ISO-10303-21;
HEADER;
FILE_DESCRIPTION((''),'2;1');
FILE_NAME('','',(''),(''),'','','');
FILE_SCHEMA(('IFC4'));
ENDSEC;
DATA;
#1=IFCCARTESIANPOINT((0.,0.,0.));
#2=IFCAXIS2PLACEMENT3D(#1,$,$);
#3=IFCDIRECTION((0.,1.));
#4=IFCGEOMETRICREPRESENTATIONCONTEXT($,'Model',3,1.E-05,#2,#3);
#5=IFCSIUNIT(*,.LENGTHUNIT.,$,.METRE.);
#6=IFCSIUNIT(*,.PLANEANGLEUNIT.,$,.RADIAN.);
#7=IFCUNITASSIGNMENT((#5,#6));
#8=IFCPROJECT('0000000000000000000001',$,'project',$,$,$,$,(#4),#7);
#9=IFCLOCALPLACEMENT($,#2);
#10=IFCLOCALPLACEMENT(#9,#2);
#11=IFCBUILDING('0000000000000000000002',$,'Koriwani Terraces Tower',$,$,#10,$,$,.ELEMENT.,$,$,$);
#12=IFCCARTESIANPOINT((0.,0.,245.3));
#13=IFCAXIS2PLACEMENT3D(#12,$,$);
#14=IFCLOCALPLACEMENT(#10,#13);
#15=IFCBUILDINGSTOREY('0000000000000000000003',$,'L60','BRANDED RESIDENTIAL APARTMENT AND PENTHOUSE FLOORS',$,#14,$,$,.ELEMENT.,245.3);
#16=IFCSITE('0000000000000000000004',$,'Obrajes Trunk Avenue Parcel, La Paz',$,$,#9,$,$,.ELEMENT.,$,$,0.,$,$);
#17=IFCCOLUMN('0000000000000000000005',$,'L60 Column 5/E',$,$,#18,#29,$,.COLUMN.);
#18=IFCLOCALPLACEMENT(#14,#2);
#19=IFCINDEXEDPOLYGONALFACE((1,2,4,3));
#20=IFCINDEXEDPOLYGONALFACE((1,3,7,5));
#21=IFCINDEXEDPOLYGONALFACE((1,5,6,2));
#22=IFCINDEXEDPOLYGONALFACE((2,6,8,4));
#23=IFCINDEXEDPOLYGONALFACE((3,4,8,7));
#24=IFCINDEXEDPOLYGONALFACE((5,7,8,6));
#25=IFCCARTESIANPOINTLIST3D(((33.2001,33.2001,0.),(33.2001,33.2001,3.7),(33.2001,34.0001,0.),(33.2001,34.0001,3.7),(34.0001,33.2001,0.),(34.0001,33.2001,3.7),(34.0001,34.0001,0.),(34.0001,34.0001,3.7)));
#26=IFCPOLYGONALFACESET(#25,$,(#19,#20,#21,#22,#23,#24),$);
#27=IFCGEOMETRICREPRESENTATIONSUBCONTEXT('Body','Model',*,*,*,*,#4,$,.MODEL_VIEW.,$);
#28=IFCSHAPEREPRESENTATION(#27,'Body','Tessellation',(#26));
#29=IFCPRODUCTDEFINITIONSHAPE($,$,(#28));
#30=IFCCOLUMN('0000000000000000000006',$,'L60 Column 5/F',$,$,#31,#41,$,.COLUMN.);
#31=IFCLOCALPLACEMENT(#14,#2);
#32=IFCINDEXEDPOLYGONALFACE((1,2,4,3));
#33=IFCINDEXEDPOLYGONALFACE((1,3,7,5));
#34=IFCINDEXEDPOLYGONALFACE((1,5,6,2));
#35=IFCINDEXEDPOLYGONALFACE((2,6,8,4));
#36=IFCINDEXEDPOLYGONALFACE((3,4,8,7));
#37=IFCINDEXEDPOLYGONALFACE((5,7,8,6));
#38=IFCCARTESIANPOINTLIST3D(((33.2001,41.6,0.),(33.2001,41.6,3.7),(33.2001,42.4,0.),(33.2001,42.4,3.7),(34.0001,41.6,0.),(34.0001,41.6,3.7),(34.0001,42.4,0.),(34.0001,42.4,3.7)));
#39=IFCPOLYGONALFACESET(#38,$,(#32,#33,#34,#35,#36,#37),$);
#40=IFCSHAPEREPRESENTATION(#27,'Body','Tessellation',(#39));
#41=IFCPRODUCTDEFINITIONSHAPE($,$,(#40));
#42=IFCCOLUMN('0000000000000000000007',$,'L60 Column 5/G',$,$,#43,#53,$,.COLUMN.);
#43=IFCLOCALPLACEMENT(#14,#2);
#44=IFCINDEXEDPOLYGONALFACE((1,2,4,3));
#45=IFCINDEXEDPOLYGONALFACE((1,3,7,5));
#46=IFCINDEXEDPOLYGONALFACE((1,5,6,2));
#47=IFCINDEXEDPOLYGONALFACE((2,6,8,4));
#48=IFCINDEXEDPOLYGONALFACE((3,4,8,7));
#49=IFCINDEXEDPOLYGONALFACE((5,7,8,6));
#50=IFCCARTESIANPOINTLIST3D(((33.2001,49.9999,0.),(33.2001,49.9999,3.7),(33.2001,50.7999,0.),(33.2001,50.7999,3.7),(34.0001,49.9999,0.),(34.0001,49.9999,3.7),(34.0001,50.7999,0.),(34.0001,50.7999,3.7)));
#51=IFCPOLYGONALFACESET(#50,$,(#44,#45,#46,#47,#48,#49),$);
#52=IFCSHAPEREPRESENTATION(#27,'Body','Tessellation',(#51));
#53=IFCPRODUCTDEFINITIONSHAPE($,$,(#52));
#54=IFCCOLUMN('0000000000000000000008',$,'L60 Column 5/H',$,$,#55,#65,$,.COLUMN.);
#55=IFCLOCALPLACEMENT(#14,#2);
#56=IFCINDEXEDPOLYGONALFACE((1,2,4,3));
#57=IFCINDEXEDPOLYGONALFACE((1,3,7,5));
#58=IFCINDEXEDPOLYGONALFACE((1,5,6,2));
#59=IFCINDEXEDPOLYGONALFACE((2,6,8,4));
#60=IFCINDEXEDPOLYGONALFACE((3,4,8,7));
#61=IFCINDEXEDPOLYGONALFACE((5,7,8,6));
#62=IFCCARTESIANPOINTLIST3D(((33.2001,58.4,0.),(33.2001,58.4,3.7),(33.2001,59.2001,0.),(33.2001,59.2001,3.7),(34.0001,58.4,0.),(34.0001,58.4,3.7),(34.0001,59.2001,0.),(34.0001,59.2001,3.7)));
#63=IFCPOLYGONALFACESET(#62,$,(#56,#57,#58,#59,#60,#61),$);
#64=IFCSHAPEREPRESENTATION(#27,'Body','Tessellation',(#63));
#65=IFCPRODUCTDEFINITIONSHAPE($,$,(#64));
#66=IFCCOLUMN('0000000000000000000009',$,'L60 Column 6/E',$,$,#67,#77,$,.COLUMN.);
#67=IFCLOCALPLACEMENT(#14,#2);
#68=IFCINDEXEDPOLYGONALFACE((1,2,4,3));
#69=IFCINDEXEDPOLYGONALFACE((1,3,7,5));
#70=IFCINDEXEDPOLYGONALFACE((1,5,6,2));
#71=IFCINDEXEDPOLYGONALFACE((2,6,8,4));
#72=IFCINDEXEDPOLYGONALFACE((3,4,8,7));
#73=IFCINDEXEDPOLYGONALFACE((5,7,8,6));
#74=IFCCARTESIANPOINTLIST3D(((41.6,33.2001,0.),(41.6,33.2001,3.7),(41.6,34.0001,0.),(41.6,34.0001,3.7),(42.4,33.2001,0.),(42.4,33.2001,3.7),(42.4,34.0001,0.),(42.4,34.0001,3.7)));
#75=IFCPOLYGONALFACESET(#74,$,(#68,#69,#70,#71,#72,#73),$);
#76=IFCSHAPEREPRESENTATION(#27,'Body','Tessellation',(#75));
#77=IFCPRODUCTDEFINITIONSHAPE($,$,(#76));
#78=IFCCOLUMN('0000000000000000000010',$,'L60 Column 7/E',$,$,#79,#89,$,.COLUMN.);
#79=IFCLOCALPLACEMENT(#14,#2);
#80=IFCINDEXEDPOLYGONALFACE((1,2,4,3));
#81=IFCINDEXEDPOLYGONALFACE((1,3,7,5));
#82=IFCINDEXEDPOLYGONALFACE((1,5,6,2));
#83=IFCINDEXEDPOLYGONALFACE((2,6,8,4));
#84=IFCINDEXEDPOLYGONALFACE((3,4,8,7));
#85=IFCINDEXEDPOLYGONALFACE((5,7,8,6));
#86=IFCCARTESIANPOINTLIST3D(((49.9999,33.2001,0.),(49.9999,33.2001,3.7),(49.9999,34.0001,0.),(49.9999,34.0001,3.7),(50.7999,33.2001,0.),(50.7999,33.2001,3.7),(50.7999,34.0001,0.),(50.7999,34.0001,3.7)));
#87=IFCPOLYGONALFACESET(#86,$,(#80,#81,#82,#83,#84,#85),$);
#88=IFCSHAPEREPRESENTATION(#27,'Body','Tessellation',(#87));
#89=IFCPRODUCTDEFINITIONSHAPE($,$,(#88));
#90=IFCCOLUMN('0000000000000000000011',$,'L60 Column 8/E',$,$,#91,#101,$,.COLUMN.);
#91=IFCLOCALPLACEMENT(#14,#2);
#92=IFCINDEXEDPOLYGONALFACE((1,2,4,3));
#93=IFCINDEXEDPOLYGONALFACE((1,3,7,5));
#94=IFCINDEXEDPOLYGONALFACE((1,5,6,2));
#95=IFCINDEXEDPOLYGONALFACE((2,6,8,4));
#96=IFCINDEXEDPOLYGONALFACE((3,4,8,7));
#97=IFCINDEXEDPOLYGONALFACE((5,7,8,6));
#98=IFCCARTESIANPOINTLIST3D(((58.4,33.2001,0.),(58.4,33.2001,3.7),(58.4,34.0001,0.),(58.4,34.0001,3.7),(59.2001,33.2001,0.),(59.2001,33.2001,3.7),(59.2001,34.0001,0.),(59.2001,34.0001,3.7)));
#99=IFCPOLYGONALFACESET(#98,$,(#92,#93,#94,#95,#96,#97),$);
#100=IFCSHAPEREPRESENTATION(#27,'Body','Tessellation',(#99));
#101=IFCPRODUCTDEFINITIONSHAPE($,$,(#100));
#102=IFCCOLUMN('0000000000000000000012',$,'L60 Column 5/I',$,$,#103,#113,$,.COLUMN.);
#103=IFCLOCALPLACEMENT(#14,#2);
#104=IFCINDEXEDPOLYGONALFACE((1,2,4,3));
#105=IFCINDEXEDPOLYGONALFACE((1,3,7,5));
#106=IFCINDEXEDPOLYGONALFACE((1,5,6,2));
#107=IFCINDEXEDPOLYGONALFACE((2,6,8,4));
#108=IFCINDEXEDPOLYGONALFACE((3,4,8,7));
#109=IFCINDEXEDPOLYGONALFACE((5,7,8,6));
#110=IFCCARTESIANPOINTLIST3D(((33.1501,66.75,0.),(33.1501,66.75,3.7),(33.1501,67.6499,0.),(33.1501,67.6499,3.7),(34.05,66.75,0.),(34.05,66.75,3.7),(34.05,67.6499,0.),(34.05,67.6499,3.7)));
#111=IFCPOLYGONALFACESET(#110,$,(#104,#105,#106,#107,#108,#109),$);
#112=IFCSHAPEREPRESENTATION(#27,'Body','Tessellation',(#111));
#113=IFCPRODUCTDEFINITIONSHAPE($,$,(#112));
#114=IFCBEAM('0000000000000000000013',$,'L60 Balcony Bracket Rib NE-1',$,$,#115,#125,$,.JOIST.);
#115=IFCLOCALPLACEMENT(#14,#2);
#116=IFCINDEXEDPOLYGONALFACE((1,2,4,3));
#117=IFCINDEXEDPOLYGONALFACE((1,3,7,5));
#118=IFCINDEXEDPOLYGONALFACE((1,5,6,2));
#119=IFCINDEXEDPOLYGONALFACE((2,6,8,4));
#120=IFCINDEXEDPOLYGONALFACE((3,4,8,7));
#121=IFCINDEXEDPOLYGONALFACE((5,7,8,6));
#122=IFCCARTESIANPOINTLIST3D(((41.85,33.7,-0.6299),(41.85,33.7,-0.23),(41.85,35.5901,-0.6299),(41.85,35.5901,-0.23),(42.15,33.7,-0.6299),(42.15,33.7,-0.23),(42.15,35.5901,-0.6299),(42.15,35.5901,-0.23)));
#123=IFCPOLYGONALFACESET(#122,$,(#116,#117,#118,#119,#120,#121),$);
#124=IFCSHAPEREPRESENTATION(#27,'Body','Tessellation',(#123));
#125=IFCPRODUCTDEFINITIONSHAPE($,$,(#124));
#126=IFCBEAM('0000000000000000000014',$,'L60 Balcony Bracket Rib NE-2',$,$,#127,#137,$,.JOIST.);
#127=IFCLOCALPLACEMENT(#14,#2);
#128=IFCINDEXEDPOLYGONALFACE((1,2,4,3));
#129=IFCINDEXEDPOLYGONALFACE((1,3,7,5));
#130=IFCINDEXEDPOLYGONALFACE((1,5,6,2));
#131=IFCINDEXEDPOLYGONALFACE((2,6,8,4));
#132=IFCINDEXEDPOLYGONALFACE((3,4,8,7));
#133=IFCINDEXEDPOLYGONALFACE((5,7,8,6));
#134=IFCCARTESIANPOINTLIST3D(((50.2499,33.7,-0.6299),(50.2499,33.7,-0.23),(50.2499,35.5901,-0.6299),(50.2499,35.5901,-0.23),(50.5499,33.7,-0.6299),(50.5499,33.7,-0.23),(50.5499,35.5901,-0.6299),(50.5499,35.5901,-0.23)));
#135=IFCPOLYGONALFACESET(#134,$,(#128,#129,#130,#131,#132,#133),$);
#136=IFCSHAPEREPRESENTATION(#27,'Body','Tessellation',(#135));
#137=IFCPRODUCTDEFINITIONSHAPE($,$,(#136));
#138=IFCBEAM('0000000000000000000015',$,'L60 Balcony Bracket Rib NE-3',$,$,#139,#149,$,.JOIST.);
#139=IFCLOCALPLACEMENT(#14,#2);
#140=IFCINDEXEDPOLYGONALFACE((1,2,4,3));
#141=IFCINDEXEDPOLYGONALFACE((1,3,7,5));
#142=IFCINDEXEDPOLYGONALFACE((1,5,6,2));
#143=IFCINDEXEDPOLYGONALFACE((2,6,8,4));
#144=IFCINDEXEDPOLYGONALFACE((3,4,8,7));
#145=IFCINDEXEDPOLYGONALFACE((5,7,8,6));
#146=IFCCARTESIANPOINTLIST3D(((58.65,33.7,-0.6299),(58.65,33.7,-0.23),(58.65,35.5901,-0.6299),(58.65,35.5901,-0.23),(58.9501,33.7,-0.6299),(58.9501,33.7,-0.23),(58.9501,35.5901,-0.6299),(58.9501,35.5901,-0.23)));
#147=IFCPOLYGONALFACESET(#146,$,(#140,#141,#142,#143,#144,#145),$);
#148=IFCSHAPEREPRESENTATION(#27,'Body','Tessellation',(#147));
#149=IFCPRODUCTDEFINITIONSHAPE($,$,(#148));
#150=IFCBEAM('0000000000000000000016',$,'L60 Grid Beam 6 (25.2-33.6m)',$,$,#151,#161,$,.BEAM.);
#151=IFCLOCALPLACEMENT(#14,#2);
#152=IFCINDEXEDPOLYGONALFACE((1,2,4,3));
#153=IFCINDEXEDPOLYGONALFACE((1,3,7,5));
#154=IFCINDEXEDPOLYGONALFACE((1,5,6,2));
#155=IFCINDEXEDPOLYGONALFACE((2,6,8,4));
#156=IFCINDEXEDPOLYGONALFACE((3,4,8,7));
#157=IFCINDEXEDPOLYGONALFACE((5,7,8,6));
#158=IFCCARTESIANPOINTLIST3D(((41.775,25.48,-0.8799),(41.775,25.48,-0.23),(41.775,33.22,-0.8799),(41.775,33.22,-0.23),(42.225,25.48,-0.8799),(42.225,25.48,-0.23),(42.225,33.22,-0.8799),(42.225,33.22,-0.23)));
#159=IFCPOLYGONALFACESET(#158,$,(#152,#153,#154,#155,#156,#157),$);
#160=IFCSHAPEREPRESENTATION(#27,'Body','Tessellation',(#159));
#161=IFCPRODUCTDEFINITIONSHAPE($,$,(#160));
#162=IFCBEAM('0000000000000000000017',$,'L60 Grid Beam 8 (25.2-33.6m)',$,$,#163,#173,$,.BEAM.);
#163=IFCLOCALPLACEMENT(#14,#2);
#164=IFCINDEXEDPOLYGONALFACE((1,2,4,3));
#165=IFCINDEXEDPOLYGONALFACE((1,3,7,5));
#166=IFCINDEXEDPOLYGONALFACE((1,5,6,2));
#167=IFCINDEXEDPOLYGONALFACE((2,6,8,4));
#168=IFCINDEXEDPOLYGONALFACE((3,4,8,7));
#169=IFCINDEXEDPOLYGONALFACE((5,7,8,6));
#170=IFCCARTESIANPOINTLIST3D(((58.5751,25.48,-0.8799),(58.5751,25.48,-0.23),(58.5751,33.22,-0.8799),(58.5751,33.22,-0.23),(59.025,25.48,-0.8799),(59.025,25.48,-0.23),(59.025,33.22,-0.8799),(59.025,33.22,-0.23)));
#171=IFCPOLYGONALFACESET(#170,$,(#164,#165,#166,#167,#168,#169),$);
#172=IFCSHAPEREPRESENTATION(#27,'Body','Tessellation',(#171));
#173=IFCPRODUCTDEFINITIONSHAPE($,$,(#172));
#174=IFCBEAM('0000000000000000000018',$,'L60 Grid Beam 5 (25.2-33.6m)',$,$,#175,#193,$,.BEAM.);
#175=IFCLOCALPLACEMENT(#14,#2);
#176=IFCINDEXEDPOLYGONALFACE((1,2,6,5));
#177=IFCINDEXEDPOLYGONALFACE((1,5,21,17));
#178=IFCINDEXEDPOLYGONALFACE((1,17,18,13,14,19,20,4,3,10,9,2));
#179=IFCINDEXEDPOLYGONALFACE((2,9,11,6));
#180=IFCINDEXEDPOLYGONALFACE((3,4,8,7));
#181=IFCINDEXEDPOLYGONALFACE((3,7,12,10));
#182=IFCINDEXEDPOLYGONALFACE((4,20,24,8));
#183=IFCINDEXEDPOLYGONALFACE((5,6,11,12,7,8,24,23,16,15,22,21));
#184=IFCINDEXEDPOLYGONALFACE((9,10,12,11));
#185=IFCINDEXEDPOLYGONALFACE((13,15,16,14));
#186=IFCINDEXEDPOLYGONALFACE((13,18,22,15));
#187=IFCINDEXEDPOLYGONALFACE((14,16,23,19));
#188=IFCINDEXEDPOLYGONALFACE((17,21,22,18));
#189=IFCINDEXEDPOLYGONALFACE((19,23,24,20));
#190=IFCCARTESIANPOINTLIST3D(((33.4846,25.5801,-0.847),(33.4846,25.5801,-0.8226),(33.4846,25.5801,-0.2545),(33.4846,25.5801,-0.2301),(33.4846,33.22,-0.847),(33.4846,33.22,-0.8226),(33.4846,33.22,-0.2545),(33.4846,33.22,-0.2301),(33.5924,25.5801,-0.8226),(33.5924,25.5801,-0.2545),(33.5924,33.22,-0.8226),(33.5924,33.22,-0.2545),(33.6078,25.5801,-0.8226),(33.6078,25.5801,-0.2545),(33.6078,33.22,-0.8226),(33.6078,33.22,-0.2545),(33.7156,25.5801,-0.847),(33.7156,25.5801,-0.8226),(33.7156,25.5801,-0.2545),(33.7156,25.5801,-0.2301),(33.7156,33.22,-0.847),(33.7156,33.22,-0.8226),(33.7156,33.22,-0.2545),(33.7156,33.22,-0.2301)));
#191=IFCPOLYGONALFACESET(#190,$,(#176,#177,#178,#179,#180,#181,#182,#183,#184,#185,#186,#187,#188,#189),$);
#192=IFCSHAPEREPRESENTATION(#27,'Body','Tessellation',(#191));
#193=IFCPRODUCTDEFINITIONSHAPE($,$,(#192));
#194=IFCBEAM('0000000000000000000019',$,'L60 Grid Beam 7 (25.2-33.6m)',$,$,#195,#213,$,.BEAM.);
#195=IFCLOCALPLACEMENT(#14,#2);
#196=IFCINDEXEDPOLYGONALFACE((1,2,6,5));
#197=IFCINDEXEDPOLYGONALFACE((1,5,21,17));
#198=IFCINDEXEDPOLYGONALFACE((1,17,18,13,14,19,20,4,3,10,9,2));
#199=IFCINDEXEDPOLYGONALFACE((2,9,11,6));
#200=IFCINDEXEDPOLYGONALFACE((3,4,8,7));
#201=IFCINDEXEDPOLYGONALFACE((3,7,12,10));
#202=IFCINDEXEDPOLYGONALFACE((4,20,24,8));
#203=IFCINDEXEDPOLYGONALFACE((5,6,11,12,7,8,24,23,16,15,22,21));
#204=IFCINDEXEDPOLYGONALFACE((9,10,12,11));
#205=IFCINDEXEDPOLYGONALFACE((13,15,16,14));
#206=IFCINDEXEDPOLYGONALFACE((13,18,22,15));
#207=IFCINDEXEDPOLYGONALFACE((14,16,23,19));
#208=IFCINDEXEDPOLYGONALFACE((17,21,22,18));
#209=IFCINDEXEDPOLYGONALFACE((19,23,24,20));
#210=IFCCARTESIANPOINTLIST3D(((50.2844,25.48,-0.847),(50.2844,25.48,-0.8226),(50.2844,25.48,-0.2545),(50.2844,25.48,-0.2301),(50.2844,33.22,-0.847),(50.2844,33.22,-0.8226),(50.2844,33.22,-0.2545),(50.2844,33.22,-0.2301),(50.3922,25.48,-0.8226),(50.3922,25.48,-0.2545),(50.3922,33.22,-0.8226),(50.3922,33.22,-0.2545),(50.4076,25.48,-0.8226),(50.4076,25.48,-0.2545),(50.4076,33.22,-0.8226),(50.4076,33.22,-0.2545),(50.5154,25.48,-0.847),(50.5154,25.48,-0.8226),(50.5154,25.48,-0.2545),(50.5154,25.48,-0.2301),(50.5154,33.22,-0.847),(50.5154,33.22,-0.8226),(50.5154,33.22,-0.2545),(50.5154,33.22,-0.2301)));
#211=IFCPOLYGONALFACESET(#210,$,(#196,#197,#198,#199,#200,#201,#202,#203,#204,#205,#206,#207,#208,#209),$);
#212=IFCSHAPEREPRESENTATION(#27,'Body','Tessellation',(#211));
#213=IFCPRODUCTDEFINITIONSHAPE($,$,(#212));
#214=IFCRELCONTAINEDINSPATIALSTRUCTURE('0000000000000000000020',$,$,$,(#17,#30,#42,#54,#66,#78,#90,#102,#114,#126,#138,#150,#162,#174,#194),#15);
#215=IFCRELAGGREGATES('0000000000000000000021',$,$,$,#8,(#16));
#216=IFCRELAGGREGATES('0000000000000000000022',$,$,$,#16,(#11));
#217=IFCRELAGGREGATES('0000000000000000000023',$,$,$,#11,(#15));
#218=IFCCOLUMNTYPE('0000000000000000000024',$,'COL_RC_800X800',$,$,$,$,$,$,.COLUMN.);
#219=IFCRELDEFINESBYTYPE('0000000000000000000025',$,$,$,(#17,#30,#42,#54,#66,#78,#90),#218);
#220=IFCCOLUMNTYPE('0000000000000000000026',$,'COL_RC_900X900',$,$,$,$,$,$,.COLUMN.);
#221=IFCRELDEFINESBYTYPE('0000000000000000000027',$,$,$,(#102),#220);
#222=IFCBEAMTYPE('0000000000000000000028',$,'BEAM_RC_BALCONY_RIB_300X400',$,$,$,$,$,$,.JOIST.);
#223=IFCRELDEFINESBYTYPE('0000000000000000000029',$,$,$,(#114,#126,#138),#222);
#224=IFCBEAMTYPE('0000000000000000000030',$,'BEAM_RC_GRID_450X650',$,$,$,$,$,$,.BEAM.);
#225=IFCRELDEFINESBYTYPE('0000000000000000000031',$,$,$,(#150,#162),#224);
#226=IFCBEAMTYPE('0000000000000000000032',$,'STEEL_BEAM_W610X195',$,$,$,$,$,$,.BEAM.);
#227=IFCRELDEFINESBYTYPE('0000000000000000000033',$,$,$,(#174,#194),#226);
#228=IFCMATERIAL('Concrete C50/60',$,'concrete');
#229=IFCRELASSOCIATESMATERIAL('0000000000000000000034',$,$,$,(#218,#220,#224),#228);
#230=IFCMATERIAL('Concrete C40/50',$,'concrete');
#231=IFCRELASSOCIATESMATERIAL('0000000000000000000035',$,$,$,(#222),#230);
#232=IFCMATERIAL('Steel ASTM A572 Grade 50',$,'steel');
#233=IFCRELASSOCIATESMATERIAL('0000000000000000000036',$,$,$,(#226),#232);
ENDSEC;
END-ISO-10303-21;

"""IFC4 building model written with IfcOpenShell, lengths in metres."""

from ifc_helpers import new_model, si_unit, direction, frame, origin, origin_2d, place, context, subcontext, project, spatial, rectangle, i_section, extrude, material, material_profile, profile_set, type_object, element, save


model = new_model("IFC4")

# Units and contexts
model_context = context("Model", 3, precision=1e-05, world=origin(), true_north=direction((0.0, 1.0)))
body_context = subcontext(model_context, "Body", "Model", "MODEL_VIEW")
ifc_project = project(units=[si_unit("LENGTHUNIT", "METRE"), si_unit("PLANEANGLEUNIT", "RADIAN")], contexts=[model_context])

# Site, building, storey
site_placement = place(None, origin())
site = spatial("IfcSite", under=ifc_project, at=site_placement, Name="Obrajes Trunk Avenue Parcel, La Paz", CompositionType="ELEMENT", RefElevation=0.0)
building_placement = place(site_placement, origin())
building = spatial("IfcBuilding", under=site, at=building_placement, Name="Koriwani Terraces Tower", CompositionType="ELEMENT")
storey_placement = place(building_placement, frame((0.0, 0.0, 245.3)))
storey = spatial("IfcBuildingStorey", under=building, at=storey_placement, Name="L60", Description="BRANDED RESIDENTIAL APARTMENT AND PENTHOUSE FLOORS", CompositionType="ELEMENT", Elevation=245.3)

# Columns
ifc_material_1 = material(Name="Concrete C50/60", Category="concrete")
ifc_material_profile_1 = material_profile(ifc_material_1, rectangle(XDim=0.8, YDim=0.8, at=origin_2d()), Name="Concrete C50/60", Category="LoadBearing")
ifc_profile_set_1 = profile_set([ifc_material_profile_1], Name="Concrete C50/60")
column_type_1 = type_object("IfcColumnType", Name="COL_RC_800X800", PredefinedType="COLUMN", material=ifc_profile_set_1)
for number, where, z_axis, x_axis, name in (
    (1, (33.6001, 33.6001, 0.0), (0.0, 0.0, 1.0), (1.0, 0.0, 0.0), "L60 Column 5/E"),
    (2, (33.6001, 42.0, 0.0), (0.0, 0.0, 1.0), (1.0, 0.0, 0.0), "L60 Column 5/F"),
    (3, (33.6001, 50.3999, 0.0), (0.0, 0.0, 1.0), (1.0, 0.0, 0.0), "L60 Column 5/G"),
    (4, (33.6001, 58.8, 0.0), (0.0, 0.0, 1.0), (1.0, 0.0, 0.0), "L60 Column 5/H"),
    (5, (42.0, 33.6001, 0.0), (0.0, 0.0, 1.0), (1.0, 0.0, 0.0), "L60 Column 6/E"),
    (6, (50.3999, 33.6001, 0.0), (0.0, 0.0, 1.0), (1.0, 0.0, 0.0), "L60 Column 7/E"),
    (7, (58.8, 33.6001, 0.0), (0.0, 0.0, 1.0), (1.0, 0.0, 0.0), "L60 Column 8/E"),
):
    element("IfcColumn", number, at=place(storey_placement, frame(where, z_axis=z_axis, x_axis=x_axis)), inside=storey, type_object=column_type_1, Name=name, PredefinedType="COLUMN", context=body_context, shape_type="SweptSolid", body=[
        extrude(rectangle(XDim=0.8, YDim=0.8, at=origin_2d()), origin(), (0.0, 0.0, 1.0), 3.7),
    ])
ifc_material_profile_2 = material_profile(ifc_material_1, rectangle(XDim=0.8999, YDim=0.8999, at=origin_2d()), Name="Concrete C50/60", Category="LoadBearing")
ifc_profile_set_2 = profile_set([ifc_material_profile_2], Name="Concrete C50/60")
column_type_2 = type_object("IfcColumnType", Name="COL_RC_900X900", PredefinedType="COLUMN", material=ifc_profile_set_2)
column_placement = place(storey_placement, frame((33.6001, 67.2, 0.0), z_axis=(0.0, 0.0, 1.0), x_axis=(1.0, 0.0, 0.0)))
element("IfcColumn", 8, at=column_placement, inside=storey, type_object=column_type_2, Name="L60 Column 5/I", PredefinedType="COLUMN", context=body_context, shape_type="SweptSolid", body=[
    extrude(rectangle(XDim=0.8999, YDim=0.8999, at=origin_2d()), origin(), (0.0, 0.0, 1.0), 3.7),
])

# Beams
ifc_material_2 = material(Name="Concrete C40/50", Category="concrete")
ifc_material_profile_3 = material_profile(ifc_material_2, rectangle(XDim=0.3, YDim=0.3999, at=origin_2d()), Name="Concrete C40/50", Category="LoadBearing")
ifc_profile_set_3 = profile_set([ifc_material_profile_3], Name="Concrete C40/50")
beam_type_1 = type_object("IfcBeamType", Name="BEAM_RC_BALCONY_RIB_300X400", PredefinedType="JOIST", material=ifc_profile_set_3)
for number, where, z_axis, x_axis, name in (
    (9, (42.0, 33.7, -0.4299), (0.0, 1.0, 0.0), (-1.0, 0.0, 0.0), "L60 Balcony Bracket Rib NE-1"),
    (10, (50.3999, 33.7, -0.4299), (0.0, 1.0, 0.0), (-1.0, 0.0, 0.0), "L60 Balcony Bracket Rib NE-2"),
    (11, (58.8, 33.7, -0.4299), (0.0, 1.0, 0.0), (-1.0, 0.0, 0.0), "L60 Balcony Bracket Rib NE-3"),
):
    element("IfcBeam", number, at=place(storey_placement, frame(where, z_axis=z_axis, x_axis=x_axis)), inside=storey, type_object=beam_type_1, Name=name, PredefinedType="JOIST", context=body_context, shape_type="SweptSolid", body=[
        extrude(rectangle(XDim=0.3, YDim=0.3999, at=origin_2d()), origin(), (0.0, 0.0, 1.0), 1.8901),
    ])
ifc_material_profile_4 = material_profile(ifc_material_1, rectangle(XDim=0.45, YDim=0.6499, at=origin_2d()), Name="Concrete C50/60", Category="LoadBearing")
ifc_profile_set_4 = profile_set([ifc_material_profile_4], Name="Concrete C50/60")
beam_type_2 = type_object("IfcBeamType", Name="BEAM_RC_GRID_450X650", PredefinedType="BEAM", material=ifc_profile_set_4)
for number, where, z_axis, x_axis, name in (
    (12, (42.0, 25.48, -0.5549), (0.0, 1.0, 0.0), (-1.0, 0.0, 0.0), "L60 Grid Beam 6 (25.2-33.6m)"),
    (13, (58.8, 25.48, -0.5549), (0.0, 1.0, 0.0), (-1.0, 0.0, 0.0), "L60 Grid Beam 8 (25.2-33.6m)"),
):
    element("IfcBeam", number, at=place(storey_placement, frame(where, z_axis=z_axis, x_axis=x_axis)), inside=storey, type_object=beam_type_2, Name=name, PredefinedType="BEAM", context=body_context, shape_type="SweptSolid", body=[
        extrude(rectangle(XDim=0.45, YDim=0.6499, at=origin_2d()), origin(), (0.0, 0.0, 1.0), 7.74),
    ])
ifc_material_3 = material(Name="Steel ASTM A572 Grade 50", Category="steel")
ifc_material_profile_5 = material_profile(ifc_material_3, i_section(OverallWidth=0.231, OverallDepth=0.6169, WebThickness=0.0154, FlangeThickness=0.0244, at=origin_2d()), Name="Steel ASTM A572 Grade 50", Category="LoadBearing")
ifc_profile_set_5 = profile_set([ifc_material_profile_5], Name="Steel ASTM A572 Grade 50")
beam_type_3 = type_object("IfcBeamType", Name="STEEL_BEAM_W610X195", PredefinedType="BEAM", material=ifc_profile_set_5)
beam_1_placement = place(storey_placement, frame((33.6001, 25.5801, -0.5386), z_axis=(0.0, 1.0, 0.0), x_axis=(-1.0, 0.0, 0.0)))
element("IfcBeam", 14, at=beam_1_placement, inside=storey, type_object=beam_type_3, Name="L60 Grid Beam 5 (25.2-33.6m)", PredefinedType="BEAM", context=body_context, shape_type="SweptSolid", body=[
    extrude(i_section(OverallWidth=0.231, OverallDepth=0.6169, WebThickness=0.0154, FlangeThickness=0.0244, at=origin_2d()), origin(), (0.0, 0.0, 1.0), 7.6399),
])
beam_2_placement = place(storey_placement, frame((50.3999, 25.48, -0.5386), z_axis=(0.0, 1.0, 0.0), x_axis=(-1.0, 0.0, 0.0)))
element("IfcBeam", 15, at=beam_2_placement, inside=storey, type_object=beam_type_3, Name="L60 Grid Beam 7 (25.2-33.6m)", PredefinedType="BEAM", context=body_context, shape_type="SweptSolid", body=[
    extrude(i_section(OverallWidth=0.231, OverallDepth=0.6169, WebThickness=0.0154, FlangeThickness=0.0244, at=origin_2d()), origin(), (0.0, 0.0, 1.0), 7.74),
])

save(model, "model.ifc")
